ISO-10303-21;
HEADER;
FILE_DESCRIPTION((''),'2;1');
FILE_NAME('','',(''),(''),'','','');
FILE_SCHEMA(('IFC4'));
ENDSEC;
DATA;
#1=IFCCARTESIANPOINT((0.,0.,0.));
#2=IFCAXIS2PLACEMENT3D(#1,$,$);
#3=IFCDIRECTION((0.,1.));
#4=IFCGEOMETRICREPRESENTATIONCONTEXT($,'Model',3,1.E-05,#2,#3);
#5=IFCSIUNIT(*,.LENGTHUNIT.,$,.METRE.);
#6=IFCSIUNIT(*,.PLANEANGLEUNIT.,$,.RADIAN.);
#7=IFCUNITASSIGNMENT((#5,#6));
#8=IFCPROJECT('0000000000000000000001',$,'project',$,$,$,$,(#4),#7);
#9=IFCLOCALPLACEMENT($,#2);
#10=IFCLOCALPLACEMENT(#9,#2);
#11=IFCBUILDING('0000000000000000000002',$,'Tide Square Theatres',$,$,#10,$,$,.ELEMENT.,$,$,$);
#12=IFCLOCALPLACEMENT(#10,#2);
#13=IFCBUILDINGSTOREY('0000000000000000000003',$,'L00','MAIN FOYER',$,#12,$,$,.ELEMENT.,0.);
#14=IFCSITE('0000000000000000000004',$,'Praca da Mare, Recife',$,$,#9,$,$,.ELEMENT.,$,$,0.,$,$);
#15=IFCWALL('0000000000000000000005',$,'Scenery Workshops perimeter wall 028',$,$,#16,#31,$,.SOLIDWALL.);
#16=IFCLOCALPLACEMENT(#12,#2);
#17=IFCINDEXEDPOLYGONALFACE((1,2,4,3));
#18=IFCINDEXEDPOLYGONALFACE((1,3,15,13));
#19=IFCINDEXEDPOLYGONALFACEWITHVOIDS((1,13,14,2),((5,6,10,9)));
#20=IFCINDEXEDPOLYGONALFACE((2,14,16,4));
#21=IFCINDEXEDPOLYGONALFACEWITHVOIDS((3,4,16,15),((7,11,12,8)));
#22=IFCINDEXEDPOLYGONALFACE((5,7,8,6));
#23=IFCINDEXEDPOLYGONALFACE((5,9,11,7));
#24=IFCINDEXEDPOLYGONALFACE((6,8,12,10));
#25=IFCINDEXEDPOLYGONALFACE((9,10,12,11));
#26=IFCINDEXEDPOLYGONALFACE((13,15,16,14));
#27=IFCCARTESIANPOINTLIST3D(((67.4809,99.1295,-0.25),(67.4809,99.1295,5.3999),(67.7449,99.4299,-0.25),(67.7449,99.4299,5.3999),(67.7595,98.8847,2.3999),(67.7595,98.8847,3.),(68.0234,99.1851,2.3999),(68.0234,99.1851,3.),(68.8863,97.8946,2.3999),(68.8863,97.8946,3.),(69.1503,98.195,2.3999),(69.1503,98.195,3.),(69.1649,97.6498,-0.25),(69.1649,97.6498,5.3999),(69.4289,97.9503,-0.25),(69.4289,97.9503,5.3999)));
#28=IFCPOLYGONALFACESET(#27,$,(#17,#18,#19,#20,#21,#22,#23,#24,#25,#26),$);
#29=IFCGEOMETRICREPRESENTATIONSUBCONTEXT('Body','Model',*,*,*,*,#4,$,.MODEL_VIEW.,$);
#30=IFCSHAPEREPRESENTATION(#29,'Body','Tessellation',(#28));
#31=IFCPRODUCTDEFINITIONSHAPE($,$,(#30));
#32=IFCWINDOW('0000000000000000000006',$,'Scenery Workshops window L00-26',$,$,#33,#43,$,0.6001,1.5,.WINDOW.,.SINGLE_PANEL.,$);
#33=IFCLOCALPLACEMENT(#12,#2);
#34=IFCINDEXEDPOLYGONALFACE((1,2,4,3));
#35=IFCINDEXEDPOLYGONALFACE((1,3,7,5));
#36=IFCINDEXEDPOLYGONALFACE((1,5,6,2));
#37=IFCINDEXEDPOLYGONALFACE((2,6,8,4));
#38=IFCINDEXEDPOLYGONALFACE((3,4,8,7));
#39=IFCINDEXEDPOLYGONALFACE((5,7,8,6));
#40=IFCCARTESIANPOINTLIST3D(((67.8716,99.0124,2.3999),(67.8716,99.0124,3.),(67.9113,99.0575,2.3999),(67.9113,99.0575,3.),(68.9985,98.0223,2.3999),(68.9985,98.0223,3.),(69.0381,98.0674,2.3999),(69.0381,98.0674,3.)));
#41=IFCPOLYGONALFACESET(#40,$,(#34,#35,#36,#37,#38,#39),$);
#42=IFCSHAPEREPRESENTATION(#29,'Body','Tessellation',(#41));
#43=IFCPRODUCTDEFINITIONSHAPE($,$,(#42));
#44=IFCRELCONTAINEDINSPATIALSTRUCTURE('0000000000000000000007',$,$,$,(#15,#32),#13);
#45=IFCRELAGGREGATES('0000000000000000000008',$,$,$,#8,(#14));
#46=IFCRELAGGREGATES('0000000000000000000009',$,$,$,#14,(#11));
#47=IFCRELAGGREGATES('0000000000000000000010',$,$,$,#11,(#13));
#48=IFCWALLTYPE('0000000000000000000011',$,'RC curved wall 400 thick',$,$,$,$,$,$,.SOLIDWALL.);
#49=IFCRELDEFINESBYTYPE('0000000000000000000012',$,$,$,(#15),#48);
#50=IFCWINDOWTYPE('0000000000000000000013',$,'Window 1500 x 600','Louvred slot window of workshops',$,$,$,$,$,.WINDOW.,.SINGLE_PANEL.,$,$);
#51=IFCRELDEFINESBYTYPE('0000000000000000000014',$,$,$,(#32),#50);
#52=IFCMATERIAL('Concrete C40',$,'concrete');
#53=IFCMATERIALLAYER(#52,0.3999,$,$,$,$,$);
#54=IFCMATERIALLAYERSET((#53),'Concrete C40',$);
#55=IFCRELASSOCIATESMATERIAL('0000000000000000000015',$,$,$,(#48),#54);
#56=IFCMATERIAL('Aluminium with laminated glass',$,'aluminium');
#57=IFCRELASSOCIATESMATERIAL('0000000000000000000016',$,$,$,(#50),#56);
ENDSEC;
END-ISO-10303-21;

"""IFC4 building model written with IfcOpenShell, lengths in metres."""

from ifc_helpers import new_model, si_unit, direction, frame, frame_2d, origin, place, context, subcontext, project, spatial, rectangle, extrude, material, layer, layer_set, type_object, element, fill, save


model = new_model("IFC4")

# Units and contexts
model_context = context("Model", 3, precision=1e-05, world=origin(), true_north=direction((0.0, 1.0)))
body_context = subcontext(model_context, "Body", "Model", "MODEL_VIEW")
ifc_project = project(units=[si_unit("LENGTHUNIT", "METRE"), si_unit("PLANEANGLEUNIT", "RADIAN")], contexts=[model_context])

# Site, building, storey
site_placement = place(None, origin())
site = spatial("IfcSite", under=ifc_project, at=site_placement, Name="Praca da Mare, Recife", CompositionType="ELEMENT", RefElevation=0.0)
building_placement = place(site_placement, origin())
building = spatial("IfcBuilding", under=site, at=building_placement, Name="Tide Square Theatres", CompositionType="ELEMENT")
storey_placement = place(building_placement, origin())
storey = spatial("IfcBuildingStorey", under=building, at=storey_placement, Name="L00", Description="MAIN FOYER", CompositionType="ELEMENT", Elevation=0.0)

# Wall, opening, window
ifc_material_1 = material(Name="Concrete C40", Category="concrete")
ifc_layer_1 = layer(ifc_material_1, 0.3999)
ifc_layer_set_1 = layer_set([ifc_layer_1], Name="Concrete C40")
wall_type_1 = type_object("IfcWallType", Name="RC curved wall 400 thick", PredefinedType="SOLIDWALL", material=ifc_layer_set_1)
ifc_material_2 = material(Name="Aluminium with laminated glass", Category="aluminium")
window_type = type_object("IfcWindowType", Name="Window 1500 x 600", Description="Louvred slot window of workshops", PartitioningType="SINGLE_PANEL", PredefinedType="WINDOW", material=ifc_material_2)
wall_1_placement = place(storey_placement, frame((69.2969, 97.8, -0.25), z_axis=(0.0, 0.0, 1.0), x_axis=(-0.751212, 0.660061, 0.0)))
wall_1 = element("IfcWall", 1, at=wall_1_placement, inside=storey, type_object=wall_type_1, Name="Scenery Workshops perimeter wall 028", PredefinedType="SOLIDWALL", context=body_context, shape_type="SweptSolid", body=[
    extrude(rectangle(XDim=2.2417, YDim=0.3999, at=frame_2d((1.1208, 0.0))), origin(), (0.0, 0.0, 1.0), 5.6499),
])
opening_1_placement = place(wall_1_placement, frame((0.3708, 0.0, 2.6499)))
opening_1 = element("IfcOpeningElement", 2, at=opening_1_placement, cuts=wall_1, PredefinedType="OPENING", context=body_context, shape_type="SweptSolid", body=[
    extrude(rectangle(XDim=1.5, YDim=0.6001, at=frame_2d((0.75, 0.3))), frame((0.0, 0.21, 0.0), z_axis=(0.0, -1.0, 0.0), x_axis=(1.0, 0.0, 0.0)), (0.0, 0.0, 1.0), 0.4199),
])
window_1_placement = place(opening_1_placement, origin())
window_1 = element("IfcWindow", 3, at=window_1_placement, inside=storey, type_object=window_type, Name="Scenery Workshops window L00-26", OverallHeight=0.6001, OverallWidth=1.5, PartitioningType="SINGLE_PANEL", PredefinedType="WINDOW", context=body_context, shape_type="SweptSolid", body=[
    extrude(rectangle(XDim=1.5, YDim=0.6001, at=frame_2d((0.75, 0.3))), frame((0.0, 0.03, 0.0), z_axis=(0.0, -1.0, 0.0), x_axis=(1.0, 0.0, 0.0)), (0.0, 0.0, 1.0), 0.0601),
])
fill(opening_1, window_1)

save(model, "model.ifc")
